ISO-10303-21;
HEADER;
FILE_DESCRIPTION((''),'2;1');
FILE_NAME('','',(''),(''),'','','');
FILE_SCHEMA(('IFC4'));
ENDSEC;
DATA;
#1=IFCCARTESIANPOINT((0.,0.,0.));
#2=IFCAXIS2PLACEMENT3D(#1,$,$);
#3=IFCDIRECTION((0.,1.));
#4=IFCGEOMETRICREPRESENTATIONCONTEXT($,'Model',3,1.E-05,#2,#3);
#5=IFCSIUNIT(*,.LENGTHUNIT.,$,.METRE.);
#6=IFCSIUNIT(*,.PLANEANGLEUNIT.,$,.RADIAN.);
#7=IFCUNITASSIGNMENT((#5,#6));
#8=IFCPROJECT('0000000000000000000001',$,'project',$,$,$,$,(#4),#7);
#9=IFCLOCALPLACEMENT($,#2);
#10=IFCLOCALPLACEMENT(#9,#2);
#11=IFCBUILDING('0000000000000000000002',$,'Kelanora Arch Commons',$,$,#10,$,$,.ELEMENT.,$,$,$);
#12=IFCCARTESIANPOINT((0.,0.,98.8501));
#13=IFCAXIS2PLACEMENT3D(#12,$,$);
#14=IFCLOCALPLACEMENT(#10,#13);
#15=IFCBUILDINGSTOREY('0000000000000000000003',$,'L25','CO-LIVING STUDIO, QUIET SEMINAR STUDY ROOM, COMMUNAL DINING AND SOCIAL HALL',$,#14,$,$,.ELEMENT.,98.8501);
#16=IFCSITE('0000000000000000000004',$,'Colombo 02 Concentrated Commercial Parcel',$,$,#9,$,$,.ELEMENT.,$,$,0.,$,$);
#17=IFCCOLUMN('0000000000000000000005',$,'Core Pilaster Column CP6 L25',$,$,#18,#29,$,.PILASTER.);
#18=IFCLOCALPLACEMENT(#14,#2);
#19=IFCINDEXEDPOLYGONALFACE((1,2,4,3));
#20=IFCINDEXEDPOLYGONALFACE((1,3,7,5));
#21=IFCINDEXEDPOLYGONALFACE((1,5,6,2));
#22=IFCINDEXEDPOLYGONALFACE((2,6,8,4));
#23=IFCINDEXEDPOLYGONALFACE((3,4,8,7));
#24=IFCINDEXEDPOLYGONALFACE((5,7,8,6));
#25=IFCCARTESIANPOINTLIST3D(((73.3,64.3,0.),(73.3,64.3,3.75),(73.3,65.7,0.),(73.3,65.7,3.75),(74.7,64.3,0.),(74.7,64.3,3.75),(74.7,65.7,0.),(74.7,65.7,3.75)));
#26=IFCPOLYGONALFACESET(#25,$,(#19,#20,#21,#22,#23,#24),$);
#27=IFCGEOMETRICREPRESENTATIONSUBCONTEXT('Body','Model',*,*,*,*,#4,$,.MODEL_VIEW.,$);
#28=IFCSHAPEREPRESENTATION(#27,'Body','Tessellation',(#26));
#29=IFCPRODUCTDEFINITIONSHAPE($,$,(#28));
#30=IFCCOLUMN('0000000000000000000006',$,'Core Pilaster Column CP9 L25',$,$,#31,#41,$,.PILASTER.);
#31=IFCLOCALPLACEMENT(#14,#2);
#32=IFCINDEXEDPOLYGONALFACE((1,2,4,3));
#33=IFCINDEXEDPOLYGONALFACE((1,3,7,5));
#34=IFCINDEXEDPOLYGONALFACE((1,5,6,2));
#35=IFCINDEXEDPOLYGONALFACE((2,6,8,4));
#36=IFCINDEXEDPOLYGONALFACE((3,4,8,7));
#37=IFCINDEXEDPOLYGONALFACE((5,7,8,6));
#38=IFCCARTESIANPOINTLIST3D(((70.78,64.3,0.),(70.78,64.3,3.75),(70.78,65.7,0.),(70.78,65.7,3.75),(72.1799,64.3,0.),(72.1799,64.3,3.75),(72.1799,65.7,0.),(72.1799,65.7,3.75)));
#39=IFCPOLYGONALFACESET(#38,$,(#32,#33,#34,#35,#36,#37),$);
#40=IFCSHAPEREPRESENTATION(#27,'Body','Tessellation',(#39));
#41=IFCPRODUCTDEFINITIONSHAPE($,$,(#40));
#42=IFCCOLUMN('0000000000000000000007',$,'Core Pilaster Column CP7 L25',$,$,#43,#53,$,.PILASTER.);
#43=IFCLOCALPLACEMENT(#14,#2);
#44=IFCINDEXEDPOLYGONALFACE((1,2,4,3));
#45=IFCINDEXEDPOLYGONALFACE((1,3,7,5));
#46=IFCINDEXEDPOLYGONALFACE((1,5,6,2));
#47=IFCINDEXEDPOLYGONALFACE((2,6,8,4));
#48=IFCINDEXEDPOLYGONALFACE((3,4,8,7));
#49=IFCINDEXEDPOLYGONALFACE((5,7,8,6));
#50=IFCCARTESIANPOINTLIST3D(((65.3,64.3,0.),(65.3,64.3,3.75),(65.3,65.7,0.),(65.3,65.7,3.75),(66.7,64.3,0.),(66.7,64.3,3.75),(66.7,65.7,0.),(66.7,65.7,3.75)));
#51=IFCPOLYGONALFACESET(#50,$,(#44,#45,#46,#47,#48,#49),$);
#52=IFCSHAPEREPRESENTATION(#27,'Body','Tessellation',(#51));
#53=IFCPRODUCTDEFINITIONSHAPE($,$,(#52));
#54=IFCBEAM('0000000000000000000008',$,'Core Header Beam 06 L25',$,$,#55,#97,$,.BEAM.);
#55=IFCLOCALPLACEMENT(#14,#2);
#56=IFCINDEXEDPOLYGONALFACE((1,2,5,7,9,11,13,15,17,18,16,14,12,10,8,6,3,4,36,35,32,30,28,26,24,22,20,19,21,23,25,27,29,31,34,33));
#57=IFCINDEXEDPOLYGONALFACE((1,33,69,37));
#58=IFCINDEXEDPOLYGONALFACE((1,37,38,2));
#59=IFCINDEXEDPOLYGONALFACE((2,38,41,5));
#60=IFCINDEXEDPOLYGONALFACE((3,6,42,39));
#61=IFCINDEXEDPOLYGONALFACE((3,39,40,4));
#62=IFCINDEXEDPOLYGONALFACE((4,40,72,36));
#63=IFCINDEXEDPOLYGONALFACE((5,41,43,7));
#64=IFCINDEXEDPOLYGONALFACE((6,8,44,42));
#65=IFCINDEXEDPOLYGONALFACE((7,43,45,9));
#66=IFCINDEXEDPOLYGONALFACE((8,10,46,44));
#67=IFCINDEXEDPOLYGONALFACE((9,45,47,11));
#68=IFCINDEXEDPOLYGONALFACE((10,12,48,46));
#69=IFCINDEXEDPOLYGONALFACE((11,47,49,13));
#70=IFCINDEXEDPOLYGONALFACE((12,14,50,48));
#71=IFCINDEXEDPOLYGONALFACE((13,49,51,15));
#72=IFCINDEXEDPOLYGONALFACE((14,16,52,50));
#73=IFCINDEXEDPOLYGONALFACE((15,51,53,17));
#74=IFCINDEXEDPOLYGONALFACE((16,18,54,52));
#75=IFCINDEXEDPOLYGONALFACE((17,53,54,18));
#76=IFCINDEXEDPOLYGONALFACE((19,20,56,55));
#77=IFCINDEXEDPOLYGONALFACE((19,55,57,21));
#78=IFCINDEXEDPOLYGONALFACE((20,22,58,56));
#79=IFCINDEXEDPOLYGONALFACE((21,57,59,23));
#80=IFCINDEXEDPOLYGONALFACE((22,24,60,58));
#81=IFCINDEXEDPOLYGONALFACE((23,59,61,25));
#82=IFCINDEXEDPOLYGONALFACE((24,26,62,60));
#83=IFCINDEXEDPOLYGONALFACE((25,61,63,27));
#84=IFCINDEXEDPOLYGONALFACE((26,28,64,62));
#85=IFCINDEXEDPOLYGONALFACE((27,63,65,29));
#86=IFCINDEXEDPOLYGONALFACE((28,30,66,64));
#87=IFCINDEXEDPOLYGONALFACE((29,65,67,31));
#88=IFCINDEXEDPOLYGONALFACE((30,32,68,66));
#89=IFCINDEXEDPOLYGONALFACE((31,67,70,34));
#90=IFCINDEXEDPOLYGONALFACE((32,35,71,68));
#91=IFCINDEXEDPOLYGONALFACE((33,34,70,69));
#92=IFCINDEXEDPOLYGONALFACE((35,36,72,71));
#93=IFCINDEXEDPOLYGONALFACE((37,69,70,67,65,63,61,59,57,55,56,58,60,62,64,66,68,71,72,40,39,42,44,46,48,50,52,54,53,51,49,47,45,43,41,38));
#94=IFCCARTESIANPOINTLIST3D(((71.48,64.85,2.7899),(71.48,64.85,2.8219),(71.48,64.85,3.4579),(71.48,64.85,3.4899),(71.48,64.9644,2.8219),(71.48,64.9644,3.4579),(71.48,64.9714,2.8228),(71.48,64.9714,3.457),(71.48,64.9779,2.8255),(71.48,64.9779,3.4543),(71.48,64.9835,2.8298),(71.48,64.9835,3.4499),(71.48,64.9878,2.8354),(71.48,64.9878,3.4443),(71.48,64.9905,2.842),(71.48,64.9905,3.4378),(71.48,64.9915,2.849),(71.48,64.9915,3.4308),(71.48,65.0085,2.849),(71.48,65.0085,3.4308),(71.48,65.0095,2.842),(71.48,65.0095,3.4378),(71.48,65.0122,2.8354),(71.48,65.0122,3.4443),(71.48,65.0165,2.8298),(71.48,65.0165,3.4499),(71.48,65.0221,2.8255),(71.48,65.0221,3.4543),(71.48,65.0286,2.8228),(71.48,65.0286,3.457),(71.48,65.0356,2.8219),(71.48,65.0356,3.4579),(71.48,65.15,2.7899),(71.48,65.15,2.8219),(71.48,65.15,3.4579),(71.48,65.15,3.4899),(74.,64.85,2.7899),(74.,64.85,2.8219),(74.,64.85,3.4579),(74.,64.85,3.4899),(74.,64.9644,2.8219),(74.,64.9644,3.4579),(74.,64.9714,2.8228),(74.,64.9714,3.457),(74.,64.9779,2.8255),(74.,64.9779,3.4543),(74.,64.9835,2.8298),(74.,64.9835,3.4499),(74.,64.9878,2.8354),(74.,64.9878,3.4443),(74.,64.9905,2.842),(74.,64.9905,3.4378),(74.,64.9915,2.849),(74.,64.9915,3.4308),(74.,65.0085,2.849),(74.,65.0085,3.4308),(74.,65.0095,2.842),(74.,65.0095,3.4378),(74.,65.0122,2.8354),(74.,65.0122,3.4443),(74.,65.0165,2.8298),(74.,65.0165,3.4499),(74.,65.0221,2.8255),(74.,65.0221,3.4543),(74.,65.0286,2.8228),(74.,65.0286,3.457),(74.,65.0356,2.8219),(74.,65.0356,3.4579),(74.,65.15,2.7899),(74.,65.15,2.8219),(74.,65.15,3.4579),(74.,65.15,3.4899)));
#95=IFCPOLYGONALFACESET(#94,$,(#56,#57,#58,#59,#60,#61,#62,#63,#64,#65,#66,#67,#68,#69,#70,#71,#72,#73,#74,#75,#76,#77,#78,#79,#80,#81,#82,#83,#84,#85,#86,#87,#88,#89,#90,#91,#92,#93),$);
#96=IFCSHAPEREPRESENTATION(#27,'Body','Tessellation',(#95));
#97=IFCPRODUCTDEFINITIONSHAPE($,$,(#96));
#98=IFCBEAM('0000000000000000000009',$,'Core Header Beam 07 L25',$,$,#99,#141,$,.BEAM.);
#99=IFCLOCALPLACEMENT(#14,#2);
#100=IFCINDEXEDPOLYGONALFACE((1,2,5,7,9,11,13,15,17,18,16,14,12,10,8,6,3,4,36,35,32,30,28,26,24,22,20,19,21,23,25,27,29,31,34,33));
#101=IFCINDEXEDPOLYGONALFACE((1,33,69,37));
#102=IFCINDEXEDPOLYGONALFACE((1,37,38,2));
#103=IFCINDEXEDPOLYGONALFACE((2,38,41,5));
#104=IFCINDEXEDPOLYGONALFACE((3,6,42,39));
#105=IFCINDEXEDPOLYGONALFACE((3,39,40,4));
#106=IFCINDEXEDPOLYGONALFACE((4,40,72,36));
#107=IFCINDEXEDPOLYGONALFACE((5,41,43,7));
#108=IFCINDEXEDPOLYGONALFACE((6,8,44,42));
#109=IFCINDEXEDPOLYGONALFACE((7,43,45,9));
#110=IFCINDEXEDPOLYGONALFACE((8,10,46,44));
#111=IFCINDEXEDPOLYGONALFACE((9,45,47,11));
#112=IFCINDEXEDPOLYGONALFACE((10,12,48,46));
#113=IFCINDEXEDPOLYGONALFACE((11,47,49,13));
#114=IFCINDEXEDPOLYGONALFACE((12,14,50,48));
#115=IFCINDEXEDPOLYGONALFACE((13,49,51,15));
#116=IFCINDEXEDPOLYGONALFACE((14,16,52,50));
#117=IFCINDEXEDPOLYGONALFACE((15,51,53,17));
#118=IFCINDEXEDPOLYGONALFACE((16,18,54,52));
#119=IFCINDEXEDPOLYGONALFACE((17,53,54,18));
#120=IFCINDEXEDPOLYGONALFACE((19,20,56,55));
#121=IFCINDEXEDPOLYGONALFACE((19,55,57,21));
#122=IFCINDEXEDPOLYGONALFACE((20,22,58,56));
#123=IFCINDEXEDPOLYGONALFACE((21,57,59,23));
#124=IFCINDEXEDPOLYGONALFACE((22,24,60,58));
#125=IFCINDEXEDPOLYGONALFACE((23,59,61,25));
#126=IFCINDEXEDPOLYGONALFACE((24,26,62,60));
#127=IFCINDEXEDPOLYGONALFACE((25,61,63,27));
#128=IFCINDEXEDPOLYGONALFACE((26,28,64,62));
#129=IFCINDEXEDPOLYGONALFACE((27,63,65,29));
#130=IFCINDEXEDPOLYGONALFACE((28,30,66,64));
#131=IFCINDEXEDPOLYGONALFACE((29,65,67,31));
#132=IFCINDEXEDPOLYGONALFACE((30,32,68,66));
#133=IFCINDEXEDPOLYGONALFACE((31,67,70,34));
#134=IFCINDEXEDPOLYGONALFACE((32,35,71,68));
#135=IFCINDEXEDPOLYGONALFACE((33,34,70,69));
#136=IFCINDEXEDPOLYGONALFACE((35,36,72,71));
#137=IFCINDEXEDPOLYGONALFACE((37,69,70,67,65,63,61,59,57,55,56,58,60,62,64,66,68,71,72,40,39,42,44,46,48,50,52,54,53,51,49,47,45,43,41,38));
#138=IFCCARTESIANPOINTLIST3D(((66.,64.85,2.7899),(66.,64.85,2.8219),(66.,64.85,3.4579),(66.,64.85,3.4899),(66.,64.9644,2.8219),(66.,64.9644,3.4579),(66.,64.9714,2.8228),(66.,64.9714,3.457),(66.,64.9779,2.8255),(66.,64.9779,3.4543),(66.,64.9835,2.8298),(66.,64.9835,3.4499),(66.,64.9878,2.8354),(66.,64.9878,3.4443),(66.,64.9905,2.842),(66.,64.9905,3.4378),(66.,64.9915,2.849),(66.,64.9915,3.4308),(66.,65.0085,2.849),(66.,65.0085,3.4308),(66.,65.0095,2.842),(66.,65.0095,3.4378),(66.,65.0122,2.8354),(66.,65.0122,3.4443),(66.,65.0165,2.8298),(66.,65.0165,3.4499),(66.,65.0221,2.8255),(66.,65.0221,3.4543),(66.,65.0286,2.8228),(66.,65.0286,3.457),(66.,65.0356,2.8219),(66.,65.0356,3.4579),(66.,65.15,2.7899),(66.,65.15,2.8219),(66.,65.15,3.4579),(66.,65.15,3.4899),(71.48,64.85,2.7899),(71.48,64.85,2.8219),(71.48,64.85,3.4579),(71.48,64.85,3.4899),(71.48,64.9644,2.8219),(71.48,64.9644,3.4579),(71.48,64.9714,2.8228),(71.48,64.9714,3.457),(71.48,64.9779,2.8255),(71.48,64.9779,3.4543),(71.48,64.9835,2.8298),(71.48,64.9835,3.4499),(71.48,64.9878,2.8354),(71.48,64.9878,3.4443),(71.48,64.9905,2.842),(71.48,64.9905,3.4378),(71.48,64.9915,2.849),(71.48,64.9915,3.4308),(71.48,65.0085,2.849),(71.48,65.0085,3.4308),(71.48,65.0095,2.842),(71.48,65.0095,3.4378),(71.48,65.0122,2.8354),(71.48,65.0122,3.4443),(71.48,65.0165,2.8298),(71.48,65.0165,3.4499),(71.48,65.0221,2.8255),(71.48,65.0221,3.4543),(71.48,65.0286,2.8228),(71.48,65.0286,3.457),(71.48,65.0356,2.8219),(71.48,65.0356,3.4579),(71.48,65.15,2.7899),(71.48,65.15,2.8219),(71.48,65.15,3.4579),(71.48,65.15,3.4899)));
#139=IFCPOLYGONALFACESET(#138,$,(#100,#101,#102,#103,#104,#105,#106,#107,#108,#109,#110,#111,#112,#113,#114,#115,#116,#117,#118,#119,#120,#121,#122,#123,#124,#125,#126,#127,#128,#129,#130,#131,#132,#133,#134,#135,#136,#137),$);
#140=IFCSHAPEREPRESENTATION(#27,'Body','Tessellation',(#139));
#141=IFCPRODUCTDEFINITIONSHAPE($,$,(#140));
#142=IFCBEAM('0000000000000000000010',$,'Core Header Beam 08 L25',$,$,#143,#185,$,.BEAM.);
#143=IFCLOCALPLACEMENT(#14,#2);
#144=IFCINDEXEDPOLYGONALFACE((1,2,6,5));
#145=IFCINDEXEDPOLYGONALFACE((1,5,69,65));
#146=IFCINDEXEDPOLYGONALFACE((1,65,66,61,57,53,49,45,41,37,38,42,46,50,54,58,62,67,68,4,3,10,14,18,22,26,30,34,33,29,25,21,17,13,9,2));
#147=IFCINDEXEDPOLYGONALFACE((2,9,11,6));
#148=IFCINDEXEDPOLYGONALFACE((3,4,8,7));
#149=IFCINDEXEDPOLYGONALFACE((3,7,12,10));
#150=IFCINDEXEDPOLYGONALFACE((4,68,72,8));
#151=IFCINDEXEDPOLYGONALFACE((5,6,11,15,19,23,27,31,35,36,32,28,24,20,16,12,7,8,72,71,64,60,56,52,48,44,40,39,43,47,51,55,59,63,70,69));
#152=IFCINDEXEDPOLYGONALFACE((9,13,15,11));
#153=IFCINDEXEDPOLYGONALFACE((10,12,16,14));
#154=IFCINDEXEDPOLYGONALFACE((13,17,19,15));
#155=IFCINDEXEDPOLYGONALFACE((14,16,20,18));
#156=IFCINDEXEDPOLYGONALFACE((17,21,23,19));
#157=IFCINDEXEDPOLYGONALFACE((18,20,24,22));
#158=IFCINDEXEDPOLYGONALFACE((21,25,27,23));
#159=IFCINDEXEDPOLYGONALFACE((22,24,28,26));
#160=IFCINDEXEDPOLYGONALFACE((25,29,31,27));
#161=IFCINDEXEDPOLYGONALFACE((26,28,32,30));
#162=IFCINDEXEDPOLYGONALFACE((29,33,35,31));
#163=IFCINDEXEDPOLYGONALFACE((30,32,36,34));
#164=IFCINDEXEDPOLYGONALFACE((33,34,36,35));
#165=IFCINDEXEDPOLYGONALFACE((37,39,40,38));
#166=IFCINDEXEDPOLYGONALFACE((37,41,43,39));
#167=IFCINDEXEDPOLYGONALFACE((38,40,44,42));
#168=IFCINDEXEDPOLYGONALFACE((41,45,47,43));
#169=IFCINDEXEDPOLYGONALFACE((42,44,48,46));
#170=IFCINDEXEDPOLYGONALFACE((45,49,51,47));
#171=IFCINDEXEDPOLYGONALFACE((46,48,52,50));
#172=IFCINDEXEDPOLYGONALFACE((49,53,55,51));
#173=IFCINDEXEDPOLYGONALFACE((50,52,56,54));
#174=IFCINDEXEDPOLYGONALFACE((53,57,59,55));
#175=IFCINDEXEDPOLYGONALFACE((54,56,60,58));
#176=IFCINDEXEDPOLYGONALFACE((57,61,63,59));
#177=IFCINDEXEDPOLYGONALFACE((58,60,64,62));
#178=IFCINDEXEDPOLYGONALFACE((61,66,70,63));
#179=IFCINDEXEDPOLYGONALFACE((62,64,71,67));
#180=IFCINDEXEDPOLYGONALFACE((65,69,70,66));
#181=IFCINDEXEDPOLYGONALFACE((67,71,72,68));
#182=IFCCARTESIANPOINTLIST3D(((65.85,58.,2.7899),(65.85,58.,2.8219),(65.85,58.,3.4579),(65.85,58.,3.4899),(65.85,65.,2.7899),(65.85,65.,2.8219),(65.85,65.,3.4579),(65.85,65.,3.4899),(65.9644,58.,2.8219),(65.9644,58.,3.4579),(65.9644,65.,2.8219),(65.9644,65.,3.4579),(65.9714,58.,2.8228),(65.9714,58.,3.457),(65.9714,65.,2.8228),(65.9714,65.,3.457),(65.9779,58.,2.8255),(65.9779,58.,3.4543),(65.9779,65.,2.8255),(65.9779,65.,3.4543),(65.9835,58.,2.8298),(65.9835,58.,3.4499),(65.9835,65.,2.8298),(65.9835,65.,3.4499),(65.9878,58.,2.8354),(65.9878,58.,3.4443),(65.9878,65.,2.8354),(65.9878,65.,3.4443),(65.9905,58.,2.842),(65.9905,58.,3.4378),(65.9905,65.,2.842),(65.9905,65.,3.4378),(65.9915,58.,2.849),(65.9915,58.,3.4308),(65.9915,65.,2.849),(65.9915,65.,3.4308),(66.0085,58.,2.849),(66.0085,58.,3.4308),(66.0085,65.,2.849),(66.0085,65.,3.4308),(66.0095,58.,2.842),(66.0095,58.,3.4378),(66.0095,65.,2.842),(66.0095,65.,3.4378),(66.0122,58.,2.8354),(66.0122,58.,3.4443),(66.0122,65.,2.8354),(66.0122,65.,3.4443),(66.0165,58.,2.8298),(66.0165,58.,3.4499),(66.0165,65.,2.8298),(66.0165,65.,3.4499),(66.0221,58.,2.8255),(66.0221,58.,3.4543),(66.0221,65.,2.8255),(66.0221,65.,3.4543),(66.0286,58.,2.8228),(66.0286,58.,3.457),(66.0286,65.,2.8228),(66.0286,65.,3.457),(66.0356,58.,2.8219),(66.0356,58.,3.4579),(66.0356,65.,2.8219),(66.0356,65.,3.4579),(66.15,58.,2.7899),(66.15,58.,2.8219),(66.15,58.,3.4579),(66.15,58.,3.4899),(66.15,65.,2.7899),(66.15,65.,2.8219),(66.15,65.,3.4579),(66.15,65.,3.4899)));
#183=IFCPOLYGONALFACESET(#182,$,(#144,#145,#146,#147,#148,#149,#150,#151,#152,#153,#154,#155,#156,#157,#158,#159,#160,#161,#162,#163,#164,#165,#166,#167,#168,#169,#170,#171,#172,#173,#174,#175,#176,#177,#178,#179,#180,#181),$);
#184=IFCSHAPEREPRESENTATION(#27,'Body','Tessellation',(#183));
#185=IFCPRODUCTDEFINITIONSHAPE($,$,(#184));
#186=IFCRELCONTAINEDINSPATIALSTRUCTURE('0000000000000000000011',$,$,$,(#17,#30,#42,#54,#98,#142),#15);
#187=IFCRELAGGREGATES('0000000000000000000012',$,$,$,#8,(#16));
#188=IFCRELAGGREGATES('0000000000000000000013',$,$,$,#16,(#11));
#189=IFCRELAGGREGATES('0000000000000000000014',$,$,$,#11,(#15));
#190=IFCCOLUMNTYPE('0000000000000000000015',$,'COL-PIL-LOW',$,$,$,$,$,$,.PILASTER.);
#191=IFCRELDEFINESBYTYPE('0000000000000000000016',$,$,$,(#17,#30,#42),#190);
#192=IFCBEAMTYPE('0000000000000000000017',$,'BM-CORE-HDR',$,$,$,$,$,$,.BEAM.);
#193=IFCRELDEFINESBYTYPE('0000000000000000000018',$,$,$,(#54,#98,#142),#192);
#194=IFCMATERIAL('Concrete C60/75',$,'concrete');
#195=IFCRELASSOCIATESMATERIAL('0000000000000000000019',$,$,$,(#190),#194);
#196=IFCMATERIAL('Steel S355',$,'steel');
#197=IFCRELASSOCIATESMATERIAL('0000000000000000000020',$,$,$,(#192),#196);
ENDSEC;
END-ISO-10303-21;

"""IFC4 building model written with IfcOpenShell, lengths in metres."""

from ifc_helpers import new_model, si_unit, direction, frame, origin, origin_2d, place, context, subcontext, project, spatial, rectangle, i_section, extrude, material, material_profile, profile_set, type_object, element, save


model = new_model("IFC4")

# Units and contexts
model_context = context("Model", 3, precision=1e-05, world=origin(), true_north=direction((0.0, 1.0)))
body_context = subcontext(model_context, "Body", "Model", "MODEL_VIEW")
ifc_project = project(units=[si_unit("LENGTHUNIT", "METRE"), si_unit("PLANEANGLEUNIT", "RADIAN")], contexts=[model_context])

# Site, building, storey
site_placement = place(None, origin())
site = spatial("IfcSite", under=ifc_project, at=site_placement, Name="Colombo 02 Concentrated Commercial Parcel", CompositionType="ELEMENT", RefElevation=0.0)
building_placement = place(site_placement, origin())
building = spatial("IfcBuilding", under=site, at=building_placement, Name="Kelanora Arch Commons", CompositionType="ELEMENT")
storey_placement = place(building_placement, frame((0.0, 0.0, 98.8501)))
storey = spatial("IfcBuildingStorey", under=building, at=storey_placement, Name="L25", Description="CO-LIVING STUDIO, QUIET SEMINAR STUDY ROOM, COMMUNAL DINING AND SOCIAL HALL", CompositionType="ELEMENT", Elevation=98.8501)

# Columns
ifc_material_1 = material(Name="Concrete C60/75", Category="concrete")
ifc_material_profile_1 = material_profile(ifc_material_1, rectangle(XDim=1.3999, YDim=1.3999, at=origin_2d()), Name="RC1400x1400")
ifc_profile_set_1 = profile_set([ifc_material_profile_1], Name="Concrete C60/75")
column_type = type_object("IfcColumnType", Name="COL-PIL-LOW", PredefinedType="PILASTER", material=ifc_profile_set_1)
for number, where, z_axis, x_axis, name in (
    (1, (74.0, 65.0, 0.0), (0.0, 0.0, 1.0), (1.0, 0.0, 0.0), "Core Pilaster Column CP6 L25"),
    (2, (71.48, 65.0, 0.0), (0.0, 0.0, 1.0), (1.0, 0.0, 0.0), "Core Pilaster Column CP9 L25"),
    (3, (66.0, 65.0, 0.0), (0.0, 0.0, 1.0), (1.0, 0.0, 0.0), "Core Pilaster Column CP7 L25"),
):
    element("IfcColumn", number, at=place(storey_placement, frame(where, z_axis=z_axis, x_axis=x_axis)), inside=storey, type_object=column_type, Name=name, PredefinedType="PILASTER", context=body_context, shape_type="SweptSolid", body=[
        extrude(rectangle(XDim=1.3999, YDim=1.3999, at=origin_2d()), origin(), (0.0, 0.0, 1.0), 3.75),
    ])

# Beams
ifc_material_2 = material(Name="Steel S355", Category="steel")
ifc_material_profile_2 = material_profile(ifc_material_2, i_section(OverallWidth=0.3, OverallDepth=0.7, WebThickness=0.0171, FlangeThickness=0.032, FilletRadius=0.0271, at=origin_2d()), Name="HEB700")
ifc_profile_set_2 = profile_set([ifc_material_profile_2], Name="Steel S355")
beam_type_1 = type_object("IfcBeamType", Name="BM-CORE-HDR", PredefinedType="BEAM", material=ifc_profile_set_2)
beam_1_placement = place(storey_placement, frame((74.0, 65.0, 3.1399), z_axis=(-1.0, 0.0, 0.0), x_axis=(0.0, -1.0, 0.0)))
element("IfcBeam", 4, at=beam_1_placement, inside=storey, type_object=beam_type_1, Name="Core Header Beam 06 L25", PredefinedType="BEAM", context=body_context, shape_type="SweptSolid", body=[
    extrude(i_section(OverallWidth=0.3, OverallDepth=0.7, WebThickness=0.0171, FlangeThickness=0.032, FilletRadius=0.0271, at=origin_2d()), origin(), (0.0, 0.0, 1.0), 2.52),
])
beam_2_placement = place(storey_placement, frame((71.48, 65.0, 3.1399), z_axis=(-1.0, 0.0, 0.0), x_axis=(0.0, -1.0, 0.0)))
element("IfcBeam", 5, at=beam_2_placement, inside=storey, type_object=beam_type_1, Name="Core Header Beam 07 L25", PredefinedType="BEAM", context=body_context, shape_type="SweptSolid", body=[
    extrude(i_section(OverallWidth=0.3, OverallDepth=0.7, WebThickness=0.0171, FlangeThickness=0.032, FilletRadius=0.0271, at=origin_2d()), origin(), (0.0, 0.0, 1.0), 5.48),
])
beam_3_placement = place(storey_placement, frame((66.0, 65.0, 3.1399), z_axis=(0.0, -1.0, 0.0), x_axis=(1.0, 0.0, 0.0)))
element("IfcBeam", 6, at=beam_3_placement, inside=storey, type_object=beam_type_1, Name="Core Header Beam 08 L25", PredefinedType="BEAM", context=body_context, shape_type="SweptSolid", body=[
    extrude(i_section(OverallWidth=0.3, OverallDepth=0.7, WebThickness=0.0171, FlangeThickness=0.032, FilletRadius=0.0271, at=origin_2d()), origin(), (0.0, 0.0, 1.0), 7.0),
])

save(model, "model.ifc")
